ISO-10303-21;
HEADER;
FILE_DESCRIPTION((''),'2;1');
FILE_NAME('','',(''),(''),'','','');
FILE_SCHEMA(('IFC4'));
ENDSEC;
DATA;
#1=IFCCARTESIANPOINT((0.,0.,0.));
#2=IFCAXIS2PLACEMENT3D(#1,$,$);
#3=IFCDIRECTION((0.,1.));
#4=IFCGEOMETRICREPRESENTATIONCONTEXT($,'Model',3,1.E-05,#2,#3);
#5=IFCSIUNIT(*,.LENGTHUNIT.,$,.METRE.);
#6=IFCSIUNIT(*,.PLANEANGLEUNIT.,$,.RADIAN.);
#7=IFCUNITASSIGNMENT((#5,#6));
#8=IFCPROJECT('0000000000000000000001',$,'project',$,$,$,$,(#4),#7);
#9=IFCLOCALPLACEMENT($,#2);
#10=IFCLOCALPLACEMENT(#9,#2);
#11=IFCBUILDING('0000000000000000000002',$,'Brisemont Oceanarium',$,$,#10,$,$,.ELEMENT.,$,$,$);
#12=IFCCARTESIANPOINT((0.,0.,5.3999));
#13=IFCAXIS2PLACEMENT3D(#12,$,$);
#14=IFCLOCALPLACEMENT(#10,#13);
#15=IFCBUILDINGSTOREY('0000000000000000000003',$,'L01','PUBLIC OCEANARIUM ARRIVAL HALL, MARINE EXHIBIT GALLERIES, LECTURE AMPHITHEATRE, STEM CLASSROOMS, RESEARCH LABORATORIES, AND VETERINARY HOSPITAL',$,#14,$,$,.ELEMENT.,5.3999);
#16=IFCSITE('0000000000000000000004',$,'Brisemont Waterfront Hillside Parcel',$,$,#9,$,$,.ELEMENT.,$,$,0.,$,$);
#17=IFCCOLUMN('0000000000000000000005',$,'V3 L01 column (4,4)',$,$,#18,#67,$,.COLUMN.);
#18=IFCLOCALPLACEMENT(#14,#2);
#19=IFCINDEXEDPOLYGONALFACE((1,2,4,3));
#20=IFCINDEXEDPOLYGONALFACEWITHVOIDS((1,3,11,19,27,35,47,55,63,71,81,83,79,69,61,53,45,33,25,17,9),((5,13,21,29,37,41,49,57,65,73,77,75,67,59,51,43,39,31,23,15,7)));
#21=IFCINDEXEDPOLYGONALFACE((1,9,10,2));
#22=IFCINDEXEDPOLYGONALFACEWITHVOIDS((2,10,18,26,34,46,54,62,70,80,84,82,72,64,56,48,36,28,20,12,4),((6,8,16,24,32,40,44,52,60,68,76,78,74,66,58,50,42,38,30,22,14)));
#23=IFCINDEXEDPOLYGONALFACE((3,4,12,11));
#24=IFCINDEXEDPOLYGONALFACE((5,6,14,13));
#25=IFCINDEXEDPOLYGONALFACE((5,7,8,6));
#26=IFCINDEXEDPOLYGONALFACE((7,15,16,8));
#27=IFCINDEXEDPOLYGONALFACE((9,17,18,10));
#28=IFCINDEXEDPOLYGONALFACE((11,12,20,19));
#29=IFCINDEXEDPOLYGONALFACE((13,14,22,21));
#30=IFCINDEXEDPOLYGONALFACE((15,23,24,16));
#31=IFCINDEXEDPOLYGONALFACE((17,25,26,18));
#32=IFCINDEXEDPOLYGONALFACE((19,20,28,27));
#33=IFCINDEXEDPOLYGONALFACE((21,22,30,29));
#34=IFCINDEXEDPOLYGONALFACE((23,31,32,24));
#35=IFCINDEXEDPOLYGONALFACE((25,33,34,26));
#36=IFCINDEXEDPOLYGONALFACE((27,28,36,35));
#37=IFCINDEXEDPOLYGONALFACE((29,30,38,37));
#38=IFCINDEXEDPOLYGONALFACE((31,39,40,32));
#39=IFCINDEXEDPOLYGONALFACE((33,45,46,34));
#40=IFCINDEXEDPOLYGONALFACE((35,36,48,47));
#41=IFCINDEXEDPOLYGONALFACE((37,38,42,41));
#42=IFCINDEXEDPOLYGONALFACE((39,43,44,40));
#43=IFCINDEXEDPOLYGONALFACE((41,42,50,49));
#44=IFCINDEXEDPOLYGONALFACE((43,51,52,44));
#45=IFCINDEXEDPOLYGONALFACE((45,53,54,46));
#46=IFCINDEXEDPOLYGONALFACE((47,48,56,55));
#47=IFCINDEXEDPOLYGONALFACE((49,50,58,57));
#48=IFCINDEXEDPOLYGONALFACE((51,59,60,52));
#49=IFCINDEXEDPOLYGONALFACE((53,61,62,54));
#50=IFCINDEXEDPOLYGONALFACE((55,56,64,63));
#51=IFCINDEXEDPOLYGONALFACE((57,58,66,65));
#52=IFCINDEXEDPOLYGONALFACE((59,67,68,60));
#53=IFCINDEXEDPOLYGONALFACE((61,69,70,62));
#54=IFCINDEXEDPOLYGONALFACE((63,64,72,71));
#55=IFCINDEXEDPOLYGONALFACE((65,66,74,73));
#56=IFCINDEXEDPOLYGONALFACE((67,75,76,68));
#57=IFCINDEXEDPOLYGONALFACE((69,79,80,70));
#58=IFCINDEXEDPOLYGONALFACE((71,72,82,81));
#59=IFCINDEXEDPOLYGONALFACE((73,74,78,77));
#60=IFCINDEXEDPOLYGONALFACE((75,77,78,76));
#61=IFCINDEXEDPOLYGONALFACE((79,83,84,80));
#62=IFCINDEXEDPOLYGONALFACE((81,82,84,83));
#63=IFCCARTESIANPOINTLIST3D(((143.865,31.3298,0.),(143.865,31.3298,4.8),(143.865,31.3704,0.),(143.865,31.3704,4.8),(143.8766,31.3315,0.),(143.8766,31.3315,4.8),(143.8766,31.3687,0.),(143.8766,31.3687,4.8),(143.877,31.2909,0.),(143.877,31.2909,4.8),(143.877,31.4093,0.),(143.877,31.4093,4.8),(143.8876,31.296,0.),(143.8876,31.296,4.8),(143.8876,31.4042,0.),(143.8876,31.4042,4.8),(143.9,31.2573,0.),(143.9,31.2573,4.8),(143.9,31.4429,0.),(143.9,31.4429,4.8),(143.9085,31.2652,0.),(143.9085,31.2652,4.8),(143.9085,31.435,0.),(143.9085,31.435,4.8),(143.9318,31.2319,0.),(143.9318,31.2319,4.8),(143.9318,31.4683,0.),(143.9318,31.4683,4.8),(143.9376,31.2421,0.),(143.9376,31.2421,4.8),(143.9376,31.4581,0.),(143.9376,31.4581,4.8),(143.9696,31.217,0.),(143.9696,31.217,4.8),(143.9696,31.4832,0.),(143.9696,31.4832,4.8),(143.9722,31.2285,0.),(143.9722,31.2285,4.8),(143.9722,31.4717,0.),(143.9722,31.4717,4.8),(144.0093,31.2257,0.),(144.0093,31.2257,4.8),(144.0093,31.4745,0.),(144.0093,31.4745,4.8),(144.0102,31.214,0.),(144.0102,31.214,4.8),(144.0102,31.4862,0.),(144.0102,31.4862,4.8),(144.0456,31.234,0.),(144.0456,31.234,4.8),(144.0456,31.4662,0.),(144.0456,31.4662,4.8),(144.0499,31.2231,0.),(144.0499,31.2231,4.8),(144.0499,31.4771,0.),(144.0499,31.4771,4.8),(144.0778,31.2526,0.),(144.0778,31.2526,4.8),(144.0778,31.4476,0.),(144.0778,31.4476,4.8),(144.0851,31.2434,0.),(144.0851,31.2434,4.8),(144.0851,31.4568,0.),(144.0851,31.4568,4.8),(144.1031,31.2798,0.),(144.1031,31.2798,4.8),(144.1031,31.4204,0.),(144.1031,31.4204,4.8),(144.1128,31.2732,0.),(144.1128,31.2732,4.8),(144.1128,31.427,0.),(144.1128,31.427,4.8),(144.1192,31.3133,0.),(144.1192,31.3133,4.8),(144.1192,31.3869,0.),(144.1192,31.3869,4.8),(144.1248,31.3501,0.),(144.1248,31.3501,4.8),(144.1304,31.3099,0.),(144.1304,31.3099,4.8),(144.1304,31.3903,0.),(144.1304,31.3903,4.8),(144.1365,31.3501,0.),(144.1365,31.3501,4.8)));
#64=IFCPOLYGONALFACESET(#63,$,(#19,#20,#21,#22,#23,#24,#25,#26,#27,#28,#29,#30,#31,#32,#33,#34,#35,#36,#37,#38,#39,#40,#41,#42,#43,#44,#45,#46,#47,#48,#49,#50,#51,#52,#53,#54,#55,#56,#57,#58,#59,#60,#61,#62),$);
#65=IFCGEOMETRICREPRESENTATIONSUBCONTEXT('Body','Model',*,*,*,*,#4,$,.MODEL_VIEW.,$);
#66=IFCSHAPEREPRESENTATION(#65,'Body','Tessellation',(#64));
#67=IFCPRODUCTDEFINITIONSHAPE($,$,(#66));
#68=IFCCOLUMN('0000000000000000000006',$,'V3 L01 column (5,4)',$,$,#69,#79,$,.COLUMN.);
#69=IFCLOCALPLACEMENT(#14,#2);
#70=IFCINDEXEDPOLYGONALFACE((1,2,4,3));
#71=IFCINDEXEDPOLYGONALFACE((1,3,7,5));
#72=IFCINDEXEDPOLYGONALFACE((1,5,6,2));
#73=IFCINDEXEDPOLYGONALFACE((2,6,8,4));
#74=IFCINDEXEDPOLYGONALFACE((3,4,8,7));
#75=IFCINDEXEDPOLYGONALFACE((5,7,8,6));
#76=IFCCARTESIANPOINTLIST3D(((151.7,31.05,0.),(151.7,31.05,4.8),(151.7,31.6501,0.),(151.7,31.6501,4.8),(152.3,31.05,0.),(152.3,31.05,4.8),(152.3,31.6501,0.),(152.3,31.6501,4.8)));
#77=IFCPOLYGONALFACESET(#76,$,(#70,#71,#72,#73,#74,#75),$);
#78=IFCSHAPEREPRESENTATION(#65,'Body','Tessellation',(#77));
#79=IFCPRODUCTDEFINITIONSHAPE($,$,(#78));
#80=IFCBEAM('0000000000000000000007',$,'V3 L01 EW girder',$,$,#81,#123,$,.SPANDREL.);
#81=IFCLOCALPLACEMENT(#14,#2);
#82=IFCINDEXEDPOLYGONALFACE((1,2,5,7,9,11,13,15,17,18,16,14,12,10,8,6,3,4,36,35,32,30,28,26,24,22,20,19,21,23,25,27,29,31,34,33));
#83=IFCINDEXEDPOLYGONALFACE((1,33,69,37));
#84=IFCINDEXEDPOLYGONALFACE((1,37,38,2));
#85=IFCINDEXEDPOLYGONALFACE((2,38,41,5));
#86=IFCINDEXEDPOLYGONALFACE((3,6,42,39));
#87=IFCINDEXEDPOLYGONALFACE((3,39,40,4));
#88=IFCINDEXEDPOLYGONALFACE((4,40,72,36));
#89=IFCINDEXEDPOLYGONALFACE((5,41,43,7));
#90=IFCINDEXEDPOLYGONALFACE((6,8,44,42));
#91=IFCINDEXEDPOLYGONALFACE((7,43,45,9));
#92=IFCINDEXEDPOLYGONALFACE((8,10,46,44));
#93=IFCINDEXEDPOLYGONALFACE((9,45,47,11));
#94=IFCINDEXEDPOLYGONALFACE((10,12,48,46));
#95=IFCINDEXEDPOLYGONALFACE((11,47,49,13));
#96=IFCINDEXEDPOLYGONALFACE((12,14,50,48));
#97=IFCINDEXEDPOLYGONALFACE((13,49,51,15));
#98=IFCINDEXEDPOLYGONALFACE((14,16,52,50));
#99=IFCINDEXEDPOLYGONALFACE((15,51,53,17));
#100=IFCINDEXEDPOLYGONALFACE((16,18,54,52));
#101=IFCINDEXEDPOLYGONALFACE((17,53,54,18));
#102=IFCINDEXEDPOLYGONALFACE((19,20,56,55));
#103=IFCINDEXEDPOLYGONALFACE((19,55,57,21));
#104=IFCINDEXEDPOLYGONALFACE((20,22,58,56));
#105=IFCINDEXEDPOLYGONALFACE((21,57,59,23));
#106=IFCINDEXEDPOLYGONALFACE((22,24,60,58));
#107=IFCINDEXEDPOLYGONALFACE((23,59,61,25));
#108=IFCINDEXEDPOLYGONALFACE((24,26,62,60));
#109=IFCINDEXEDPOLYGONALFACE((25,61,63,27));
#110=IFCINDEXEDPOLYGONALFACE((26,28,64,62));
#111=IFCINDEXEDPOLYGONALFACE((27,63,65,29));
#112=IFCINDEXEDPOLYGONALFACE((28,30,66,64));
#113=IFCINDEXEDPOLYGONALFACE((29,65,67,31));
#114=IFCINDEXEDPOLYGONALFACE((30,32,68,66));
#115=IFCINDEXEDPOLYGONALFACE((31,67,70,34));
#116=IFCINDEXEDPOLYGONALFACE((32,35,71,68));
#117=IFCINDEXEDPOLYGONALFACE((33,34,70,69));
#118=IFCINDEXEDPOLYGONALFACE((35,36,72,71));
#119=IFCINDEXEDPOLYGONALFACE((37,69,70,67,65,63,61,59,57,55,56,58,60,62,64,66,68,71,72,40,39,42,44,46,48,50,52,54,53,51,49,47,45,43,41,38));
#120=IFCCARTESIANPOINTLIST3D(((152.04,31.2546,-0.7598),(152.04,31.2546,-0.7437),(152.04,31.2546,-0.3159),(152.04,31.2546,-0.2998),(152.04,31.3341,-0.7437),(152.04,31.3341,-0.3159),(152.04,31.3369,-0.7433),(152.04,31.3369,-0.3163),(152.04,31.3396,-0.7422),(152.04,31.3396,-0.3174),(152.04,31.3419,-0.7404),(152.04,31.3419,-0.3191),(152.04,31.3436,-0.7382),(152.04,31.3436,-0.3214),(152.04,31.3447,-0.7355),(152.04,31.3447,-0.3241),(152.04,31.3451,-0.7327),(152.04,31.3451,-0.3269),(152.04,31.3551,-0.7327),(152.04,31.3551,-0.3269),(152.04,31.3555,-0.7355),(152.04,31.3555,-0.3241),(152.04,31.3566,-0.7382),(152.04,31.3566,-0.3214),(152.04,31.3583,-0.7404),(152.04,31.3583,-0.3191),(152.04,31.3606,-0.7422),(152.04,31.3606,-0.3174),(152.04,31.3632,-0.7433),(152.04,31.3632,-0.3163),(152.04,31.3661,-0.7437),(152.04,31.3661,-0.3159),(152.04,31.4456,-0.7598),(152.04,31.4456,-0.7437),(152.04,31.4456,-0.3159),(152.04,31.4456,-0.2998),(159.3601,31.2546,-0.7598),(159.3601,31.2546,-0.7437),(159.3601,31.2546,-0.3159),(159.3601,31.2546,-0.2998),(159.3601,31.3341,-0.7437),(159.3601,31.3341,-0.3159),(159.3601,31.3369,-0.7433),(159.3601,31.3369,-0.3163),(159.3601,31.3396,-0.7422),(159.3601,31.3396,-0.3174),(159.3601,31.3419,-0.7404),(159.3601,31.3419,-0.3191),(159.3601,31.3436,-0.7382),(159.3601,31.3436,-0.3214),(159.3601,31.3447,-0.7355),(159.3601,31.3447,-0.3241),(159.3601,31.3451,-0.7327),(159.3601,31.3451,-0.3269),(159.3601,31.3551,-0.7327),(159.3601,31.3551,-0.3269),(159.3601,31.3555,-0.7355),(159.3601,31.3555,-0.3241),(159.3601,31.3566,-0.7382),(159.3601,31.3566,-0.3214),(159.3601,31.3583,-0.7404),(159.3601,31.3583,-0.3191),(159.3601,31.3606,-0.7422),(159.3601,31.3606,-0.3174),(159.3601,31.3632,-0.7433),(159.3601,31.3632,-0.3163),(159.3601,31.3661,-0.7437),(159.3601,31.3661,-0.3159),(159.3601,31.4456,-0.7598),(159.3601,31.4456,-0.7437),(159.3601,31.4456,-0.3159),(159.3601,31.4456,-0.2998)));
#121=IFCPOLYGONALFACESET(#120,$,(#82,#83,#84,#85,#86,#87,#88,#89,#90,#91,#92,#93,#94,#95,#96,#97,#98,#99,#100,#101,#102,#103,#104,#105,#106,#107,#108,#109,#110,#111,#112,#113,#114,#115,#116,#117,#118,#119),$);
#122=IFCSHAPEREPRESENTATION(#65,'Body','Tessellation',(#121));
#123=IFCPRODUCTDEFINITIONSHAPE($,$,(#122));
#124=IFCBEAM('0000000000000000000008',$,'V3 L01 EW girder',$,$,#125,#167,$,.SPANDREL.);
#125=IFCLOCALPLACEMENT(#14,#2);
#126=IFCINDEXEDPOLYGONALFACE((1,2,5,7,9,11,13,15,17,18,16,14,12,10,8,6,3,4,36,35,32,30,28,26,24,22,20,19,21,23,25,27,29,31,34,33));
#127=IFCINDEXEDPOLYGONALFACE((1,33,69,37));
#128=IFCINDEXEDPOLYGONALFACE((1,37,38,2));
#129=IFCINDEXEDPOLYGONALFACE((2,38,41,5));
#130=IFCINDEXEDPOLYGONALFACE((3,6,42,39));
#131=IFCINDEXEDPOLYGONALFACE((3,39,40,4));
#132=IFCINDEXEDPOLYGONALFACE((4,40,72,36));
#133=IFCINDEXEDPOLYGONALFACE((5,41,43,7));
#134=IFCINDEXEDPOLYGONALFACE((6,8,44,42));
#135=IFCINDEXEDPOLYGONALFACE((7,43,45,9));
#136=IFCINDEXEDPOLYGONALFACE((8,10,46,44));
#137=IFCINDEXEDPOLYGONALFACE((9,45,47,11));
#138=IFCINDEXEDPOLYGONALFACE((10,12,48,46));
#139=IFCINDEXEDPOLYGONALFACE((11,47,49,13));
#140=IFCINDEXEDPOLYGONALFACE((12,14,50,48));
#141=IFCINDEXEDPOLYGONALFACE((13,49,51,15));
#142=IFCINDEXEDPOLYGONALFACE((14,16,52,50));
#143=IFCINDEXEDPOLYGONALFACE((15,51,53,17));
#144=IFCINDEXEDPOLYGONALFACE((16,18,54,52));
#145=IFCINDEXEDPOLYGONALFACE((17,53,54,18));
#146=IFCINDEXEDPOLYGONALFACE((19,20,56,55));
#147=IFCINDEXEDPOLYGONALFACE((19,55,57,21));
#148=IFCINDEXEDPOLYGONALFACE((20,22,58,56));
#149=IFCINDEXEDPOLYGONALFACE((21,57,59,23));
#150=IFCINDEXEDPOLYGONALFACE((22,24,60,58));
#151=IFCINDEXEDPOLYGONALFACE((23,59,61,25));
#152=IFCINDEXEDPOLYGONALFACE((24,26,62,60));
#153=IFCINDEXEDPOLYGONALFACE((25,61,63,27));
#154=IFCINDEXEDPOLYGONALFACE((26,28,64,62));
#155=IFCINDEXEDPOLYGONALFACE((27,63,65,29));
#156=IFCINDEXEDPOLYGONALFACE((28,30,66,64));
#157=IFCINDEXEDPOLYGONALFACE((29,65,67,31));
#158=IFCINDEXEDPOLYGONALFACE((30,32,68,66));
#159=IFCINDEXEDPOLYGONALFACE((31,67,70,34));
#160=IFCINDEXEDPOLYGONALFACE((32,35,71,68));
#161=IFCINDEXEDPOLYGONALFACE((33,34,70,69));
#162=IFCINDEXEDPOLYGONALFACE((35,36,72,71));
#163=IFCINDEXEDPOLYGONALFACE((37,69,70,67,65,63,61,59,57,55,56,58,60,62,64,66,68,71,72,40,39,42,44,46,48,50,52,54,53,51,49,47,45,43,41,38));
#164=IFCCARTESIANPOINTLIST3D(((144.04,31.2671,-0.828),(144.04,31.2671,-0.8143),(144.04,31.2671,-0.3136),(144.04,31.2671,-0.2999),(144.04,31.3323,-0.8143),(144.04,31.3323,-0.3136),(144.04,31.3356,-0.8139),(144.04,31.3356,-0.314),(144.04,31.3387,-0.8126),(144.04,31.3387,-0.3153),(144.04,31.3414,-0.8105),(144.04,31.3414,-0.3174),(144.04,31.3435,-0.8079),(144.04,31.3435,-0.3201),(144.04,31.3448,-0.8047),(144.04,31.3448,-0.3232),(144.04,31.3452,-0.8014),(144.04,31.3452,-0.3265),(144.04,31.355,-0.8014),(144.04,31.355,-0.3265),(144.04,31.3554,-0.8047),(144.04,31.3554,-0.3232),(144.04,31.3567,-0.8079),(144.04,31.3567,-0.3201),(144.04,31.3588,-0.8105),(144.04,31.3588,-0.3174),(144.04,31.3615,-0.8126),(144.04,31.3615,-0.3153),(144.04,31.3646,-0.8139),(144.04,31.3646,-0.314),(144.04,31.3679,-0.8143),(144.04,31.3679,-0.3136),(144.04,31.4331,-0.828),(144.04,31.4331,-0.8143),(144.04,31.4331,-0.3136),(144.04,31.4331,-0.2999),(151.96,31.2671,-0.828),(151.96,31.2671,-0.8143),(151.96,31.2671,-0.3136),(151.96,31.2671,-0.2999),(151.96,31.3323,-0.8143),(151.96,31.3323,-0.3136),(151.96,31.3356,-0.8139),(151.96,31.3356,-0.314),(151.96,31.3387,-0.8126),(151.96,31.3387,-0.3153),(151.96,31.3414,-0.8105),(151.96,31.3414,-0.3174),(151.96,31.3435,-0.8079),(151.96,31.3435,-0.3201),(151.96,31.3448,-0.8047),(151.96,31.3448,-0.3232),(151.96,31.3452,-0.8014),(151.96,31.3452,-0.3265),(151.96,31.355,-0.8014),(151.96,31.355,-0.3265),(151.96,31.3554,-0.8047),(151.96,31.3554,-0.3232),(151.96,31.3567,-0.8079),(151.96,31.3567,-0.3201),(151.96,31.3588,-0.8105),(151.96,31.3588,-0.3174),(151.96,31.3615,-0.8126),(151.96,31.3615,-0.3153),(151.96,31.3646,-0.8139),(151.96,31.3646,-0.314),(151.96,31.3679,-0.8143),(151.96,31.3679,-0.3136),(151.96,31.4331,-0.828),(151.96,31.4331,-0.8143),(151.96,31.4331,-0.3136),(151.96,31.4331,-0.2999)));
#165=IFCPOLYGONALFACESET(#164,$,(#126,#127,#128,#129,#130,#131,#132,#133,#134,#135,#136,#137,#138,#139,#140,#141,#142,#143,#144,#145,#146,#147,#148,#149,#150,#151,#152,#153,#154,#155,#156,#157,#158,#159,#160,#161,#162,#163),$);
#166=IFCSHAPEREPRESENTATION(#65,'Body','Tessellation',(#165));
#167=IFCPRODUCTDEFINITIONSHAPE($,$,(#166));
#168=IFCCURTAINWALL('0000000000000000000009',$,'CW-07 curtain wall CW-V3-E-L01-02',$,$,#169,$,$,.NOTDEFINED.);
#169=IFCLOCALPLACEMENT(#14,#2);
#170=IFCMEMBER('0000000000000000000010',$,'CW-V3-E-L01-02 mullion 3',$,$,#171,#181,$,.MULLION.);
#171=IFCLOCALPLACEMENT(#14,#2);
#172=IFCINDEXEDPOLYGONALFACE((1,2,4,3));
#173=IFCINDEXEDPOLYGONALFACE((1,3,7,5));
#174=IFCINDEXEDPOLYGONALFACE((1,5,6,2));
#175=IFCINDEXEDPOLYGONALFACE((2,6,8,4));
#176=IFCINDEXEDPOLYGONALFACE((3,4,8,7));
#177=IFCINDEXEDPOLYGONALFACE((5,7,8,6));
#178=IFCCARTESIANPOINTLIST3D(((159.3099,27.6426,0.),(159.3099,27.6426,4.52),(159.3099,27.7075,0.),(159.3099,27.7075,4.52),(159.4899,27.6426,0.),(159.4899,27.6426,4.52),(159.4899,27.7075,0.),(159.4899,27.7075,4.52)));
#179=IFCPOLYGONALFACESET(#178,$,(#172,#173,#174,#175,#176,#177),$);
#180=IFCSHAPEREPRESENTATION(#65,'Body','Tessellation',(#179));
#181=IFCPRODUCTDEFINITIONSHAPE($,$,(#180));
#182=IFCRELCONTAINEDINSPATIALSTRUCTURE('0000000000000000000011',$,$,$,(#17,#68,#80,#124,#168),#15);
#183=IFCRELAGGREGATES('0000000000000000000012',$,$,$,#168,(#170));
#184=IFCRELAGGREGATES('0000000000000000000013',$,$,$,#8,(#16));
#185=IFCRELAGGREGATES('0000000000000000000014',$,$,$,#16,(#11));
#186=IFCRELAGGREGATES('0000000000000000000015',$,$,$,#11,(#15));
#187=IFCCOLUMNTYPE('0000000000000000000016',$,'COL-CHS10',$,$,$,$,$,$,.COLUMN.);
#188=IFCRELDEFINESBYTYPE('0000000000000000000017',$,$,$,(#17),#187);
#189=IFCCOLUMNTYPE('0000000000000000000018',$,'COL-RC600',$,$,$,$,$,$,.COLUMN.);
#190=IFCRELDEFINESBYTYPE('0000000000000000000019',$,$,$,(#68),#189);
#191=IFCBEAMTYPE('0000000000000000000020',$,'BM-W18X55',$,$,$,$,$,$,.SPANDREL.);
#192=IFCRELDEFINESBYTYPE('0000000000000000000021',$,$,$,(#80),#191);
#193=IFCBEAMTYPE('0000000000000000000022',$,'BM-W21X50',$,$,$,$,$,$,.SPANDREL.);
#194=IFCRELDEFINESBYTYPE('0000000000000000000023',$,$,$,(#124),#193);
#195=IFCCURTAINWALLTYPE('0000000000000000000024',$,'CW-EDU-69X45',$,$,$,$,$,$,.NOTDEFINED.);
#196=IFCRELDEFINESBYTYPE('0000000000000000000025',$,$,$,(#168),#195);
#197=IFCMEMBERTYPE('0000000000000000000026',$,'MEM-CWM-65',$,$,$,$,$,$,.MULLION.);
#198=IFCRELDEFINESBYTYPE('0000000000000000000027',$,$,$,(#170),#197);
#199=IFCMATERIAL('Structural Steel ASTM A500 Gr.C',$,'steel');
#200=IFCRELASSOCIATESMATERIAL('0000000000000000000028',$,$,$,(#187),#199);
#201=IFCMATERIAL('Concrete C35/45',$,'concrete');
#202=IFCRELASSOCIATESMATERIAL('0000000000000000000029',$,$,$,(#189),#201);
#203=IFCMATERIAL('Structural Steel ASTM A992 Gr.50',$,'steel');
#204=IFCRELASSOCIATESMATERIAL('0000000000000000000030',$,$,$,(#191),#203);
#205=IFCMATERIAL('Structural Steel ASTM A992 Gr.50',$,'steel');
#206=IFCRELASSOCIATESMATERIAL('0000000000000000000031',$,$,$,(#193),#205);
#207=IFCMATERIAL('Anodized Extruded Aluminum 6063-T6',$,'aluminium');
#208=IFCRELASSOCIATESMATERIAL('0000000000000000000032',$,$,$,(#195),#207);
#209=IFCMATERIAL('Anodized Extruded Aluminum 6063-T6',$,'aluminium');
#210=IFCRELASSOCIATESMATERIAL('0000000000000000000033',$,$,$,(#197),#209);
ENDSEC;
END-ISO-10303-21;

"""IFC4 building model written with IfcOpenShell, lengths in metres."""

from ifc_helpers import new_model, si_unit, direction, frame, origin, origin_2d, place, context, subcontext, project, spatial, rectangle, hollow_circle, i_section, extrude, material, material_profile, profile_set, type_object, element, aggregate, save


model = new_model("IFC4")

# Units and contexts
model_context = context("Model", 3, precision=1e-05, world=origin(), true_north=direction((0.0, 1.0)))
body_context = subcontext(model_context, "Body", "Model", "MODEL_VIEW")
ifc_project = project(units=[si_unit("LENGTHUNIT", "METRE"), si_unit("PLANEANGLEUNIT", "RADIAN")], contexts=[model_context])

# Site, building, storey
site_placement = place(None, origin())
site = spatial("IfcSite", under=ifc_project, at=site_placement, Name="Brisemont Waterfront Hillside Parcel", CompositionType="ELEMENT", RefElevation=0.0)
building_placement = place(site_placement, origin())
building = spatial("IfcBuilding", under=site, at=building_placement, Name="Brisemont Oceanarium", CompositionType="ELEMENT")
storey_placement = place(building_placement, frame((0.0, 0.0, 5.3999)))
storey = spatial("IfcBuildingStorey", under=building, at=storey_placement, Name="L01", Description="PUBLIC OCEANARIUM ARRIVAL HALL, MARINE EXHIBIT GALLERIES, LECTURE AMPHITHEATRE, STEM CLASSROOMS, RESEARCH LABORATORIES, AND VETERINARY HOSPITAL", CompositionType="ELEMENT", Elevation=5.3999)

# Columns
ifc_material_1 = material(Name="Structural Steel ASTM A500 Gr.C", Category="steel")
ifc_material_profile_1 = material_profile(ifc_material_1, hollow_circle(Radius=0.1365, WallThickness=0.0117, at=origin_2d()), Name="HSS10.750X0.500")
ifc_profile_set_1 = profile_set([ifc_material_profile_1], Name="Structural Steel ASTM A500 Gr.C")
column_type_1 = type_object("IfcColumnType", Name="COL-CHS10", PredefinedType="COLUMN", material=ifc_profile_set_1)
column_1_placement = place(storey_placement, frame((144.0, 31.3501, 0.0), z_axis=(0.0, 0.0, 1.0), x_axis=(1.0, 0.0, 0.0)))
element("IfcColumn", 1, at=column_1_placement, inside=storey, type_object=column_type_1, Name="V3 L01 column (4,4)", PredefinedType="COLUMN", context=body_context, shape_type="SweptSolid", body=[
    extrude(hollow_circle(Radius=0.1365, WallThickness=0.0117, at=origin_2d()), origin(), (0.0, 0.0, 1.0), 4.8),
])
ifc_material_2 = material(Name="Concrete C35/45", Category="concrete")
ifc_material_profile_2 = material_profile(ifc_material_2, rectangle(XDim=0.6001, YDim=0.6001, at=origin_2d()), Name="RC-COL-600X600")
ifc_profile_set_2 = profile_set([ifc_material_profile_2], Name="Concrete C35/45")
column_type_2 = type_object("IfcColumnType", Name="COL-RC600", PredefinedType="COLUMN", material=ifc_profile_set_2)
column_2_placement = place(storey_placement, frame((152.0, 31.3501, 0.0), z_axis=(0.0, 0.0, 1.0), x_axis=(0.0, 1.0, 0.0)))
element("IfcColumn", 2, at=column_2_placement, inside=storey, type_object=column_type_2, Name="V3 L01 column (5,4)", PredefinedType="COLUMN", context=body_context, shape_type="SweptSolid", body=[
    extrude(rectangle(XDim=0.6001, YDim=0.6001, at=origin_2d()), origin(), (0.0, 0.0, 1.0), 4.8),
])

# Beams
ifc_material_3 = material(Name="Structural Steel ASTM A992 Gr.50", Category="steel")
ifc_material_profile_3 = material_profile(ifc_material_3, i_section(OverallWidth=0.1909, OverallDepth=0.46, WebThickness=0.01, FlangeThickness=0.0161, FilletRadius=0.011, at=origin_2d()), Name="W18X55")
ifc_profile_set_3 = profile_set([ifc_material_profile_3], Name="Structural Steel ASTM A992 Gr.50")
beam_type_1 = type_object("IfcBeamType", Name="BM-W18X55", PredefinedType="SPANDREL", material=ifc_profile_set_3)
beam_1_placement = place(storey_placement, frame((152.04, 31.3501, -0.5298), z_axis=(1.0, 0.0, 0.0), x_axis=(0.0, 1.0, 0.0)))
element("IfcBeam", 3, at=beam_1_placement, inside=storey, type_object=beam_type_1, Name="V3 L01 EW girder", PredefinedType="SPANDREL", context=body_context, shape_type="SweptSolid", body=[
    extrude(i_section(OverallWidth=0.1909, OverallDepth=0.46, WebThickness=0.01, FlangeThickness=0.0161, FilletRadius=0.011, at=origin_2d()), origin(), (0.0, 0.0, 1.0), 7.3201),
])
ifc_material_4 = material(Name="Structural Steel ASTM A992 Gr.50", Category="steel")
ifc_material_profile_4 = material_profile(ifc_material_4, i_section(OverallWidth=0.166, OverallDepth=0.5281, WebThickness=0.0098, FlangeThickness=0.0137, FilletRadius=0.0129, at=origin_2d()), Name="W21X50")
ifc_profile_set_4 = profile_set([ifc_material_profile_4], Name="Structural Steel ASTM A992 Gr.50")
beam_type_2 = type_object("IfcBeamType", Name="BM-W21X50", PredefinedType="SPANDREL", material=ifc_profile_set_4)
beam_2_placement = place(storey_placement, frame((144.04, 31.3501, -0.564), z_axis=(1.0, 0.0, 0.0), x_axis=(0.0, 1.0, 0.0)))
element("IfcBeam", 4, at=beam_2_placement, inside=storey, type_object=beam_type_2, Name="V3 L01 EW girder", PredefinedType="SPANDREL", context=body_context, shape_type="SweptSolid", body=[
    extrude(i_section(OverallWidth=0.166, OverallDepth=0.5281, WebThickness=0.0098, FlangeThickness=0.0137, FilletRadius=0.0129, at=origin_2d()), origin(), (0.0, 0.0, 1.0), 7.9199),
])

# Curtain wall, member
ifc_material_5 = material(Name="Anodized Extruded Aluminum 6063-T6", Category="aluminium")
curtain_wall_type_1 = type_object("IfcCurtainWallType", Name="CW-EDU-69X45", PredefinedType="NOTDEFINED", material=ifc_material_5)
curtain_wall_1_placement = place(storey_placement, origin())
curtain_wall_1 = element("IfcCurtainWall", 5, at=curtain_wall_1_placement, inside=storey, type_object=curtain_wall_type_1, Name="CW-07 curtain wall CW-V3-E-L01-02", PredefinedType="NOTDEFINED")
ifc_material_6 = material(Name="Anodized Extruded Aluminum 6063-T6", Category="aluminium")
ifc_material_profile_5 = material_profile(ifc_material_6, rectangle(XDim=0.0649, YDim=0.1799, at=origin_2d()), Name="CWM-65X180")
ifc_profile_set_5 = profile_set([ifc_material_profile_5], Name="Anodized Extruded Aluminum 6063-T6")
member_type_1 = type_object("IfcMemberType", Name="MEM-CWM-65", PredefinedType="MULLION", material=ifc_profile_set_5)
member_1_placement = place(storey_placement, frame((159.3999, 27.675, 0.0), z_axis=(0.0, 0.0, 1.0), x_axis=(0.0, 1.0, 0.0)))
member_1 = element("IfcMember", 6, at=member_1_placement, type_object=member_type_1, Name="CW-V3-E-L01-02 mullion 3", PredefinedType="MULLION", context=body_context, shape_type="SweptSolid", body=[
    extrude(rectangle(XDim=0.0649, YDim=0.1799, at=origin_2d()), origin(), (0.0, 0.0, 1.0), 4.52),
])

aggregate(curtain_wall_1, [member_1])

save(model, "model.ifc")
